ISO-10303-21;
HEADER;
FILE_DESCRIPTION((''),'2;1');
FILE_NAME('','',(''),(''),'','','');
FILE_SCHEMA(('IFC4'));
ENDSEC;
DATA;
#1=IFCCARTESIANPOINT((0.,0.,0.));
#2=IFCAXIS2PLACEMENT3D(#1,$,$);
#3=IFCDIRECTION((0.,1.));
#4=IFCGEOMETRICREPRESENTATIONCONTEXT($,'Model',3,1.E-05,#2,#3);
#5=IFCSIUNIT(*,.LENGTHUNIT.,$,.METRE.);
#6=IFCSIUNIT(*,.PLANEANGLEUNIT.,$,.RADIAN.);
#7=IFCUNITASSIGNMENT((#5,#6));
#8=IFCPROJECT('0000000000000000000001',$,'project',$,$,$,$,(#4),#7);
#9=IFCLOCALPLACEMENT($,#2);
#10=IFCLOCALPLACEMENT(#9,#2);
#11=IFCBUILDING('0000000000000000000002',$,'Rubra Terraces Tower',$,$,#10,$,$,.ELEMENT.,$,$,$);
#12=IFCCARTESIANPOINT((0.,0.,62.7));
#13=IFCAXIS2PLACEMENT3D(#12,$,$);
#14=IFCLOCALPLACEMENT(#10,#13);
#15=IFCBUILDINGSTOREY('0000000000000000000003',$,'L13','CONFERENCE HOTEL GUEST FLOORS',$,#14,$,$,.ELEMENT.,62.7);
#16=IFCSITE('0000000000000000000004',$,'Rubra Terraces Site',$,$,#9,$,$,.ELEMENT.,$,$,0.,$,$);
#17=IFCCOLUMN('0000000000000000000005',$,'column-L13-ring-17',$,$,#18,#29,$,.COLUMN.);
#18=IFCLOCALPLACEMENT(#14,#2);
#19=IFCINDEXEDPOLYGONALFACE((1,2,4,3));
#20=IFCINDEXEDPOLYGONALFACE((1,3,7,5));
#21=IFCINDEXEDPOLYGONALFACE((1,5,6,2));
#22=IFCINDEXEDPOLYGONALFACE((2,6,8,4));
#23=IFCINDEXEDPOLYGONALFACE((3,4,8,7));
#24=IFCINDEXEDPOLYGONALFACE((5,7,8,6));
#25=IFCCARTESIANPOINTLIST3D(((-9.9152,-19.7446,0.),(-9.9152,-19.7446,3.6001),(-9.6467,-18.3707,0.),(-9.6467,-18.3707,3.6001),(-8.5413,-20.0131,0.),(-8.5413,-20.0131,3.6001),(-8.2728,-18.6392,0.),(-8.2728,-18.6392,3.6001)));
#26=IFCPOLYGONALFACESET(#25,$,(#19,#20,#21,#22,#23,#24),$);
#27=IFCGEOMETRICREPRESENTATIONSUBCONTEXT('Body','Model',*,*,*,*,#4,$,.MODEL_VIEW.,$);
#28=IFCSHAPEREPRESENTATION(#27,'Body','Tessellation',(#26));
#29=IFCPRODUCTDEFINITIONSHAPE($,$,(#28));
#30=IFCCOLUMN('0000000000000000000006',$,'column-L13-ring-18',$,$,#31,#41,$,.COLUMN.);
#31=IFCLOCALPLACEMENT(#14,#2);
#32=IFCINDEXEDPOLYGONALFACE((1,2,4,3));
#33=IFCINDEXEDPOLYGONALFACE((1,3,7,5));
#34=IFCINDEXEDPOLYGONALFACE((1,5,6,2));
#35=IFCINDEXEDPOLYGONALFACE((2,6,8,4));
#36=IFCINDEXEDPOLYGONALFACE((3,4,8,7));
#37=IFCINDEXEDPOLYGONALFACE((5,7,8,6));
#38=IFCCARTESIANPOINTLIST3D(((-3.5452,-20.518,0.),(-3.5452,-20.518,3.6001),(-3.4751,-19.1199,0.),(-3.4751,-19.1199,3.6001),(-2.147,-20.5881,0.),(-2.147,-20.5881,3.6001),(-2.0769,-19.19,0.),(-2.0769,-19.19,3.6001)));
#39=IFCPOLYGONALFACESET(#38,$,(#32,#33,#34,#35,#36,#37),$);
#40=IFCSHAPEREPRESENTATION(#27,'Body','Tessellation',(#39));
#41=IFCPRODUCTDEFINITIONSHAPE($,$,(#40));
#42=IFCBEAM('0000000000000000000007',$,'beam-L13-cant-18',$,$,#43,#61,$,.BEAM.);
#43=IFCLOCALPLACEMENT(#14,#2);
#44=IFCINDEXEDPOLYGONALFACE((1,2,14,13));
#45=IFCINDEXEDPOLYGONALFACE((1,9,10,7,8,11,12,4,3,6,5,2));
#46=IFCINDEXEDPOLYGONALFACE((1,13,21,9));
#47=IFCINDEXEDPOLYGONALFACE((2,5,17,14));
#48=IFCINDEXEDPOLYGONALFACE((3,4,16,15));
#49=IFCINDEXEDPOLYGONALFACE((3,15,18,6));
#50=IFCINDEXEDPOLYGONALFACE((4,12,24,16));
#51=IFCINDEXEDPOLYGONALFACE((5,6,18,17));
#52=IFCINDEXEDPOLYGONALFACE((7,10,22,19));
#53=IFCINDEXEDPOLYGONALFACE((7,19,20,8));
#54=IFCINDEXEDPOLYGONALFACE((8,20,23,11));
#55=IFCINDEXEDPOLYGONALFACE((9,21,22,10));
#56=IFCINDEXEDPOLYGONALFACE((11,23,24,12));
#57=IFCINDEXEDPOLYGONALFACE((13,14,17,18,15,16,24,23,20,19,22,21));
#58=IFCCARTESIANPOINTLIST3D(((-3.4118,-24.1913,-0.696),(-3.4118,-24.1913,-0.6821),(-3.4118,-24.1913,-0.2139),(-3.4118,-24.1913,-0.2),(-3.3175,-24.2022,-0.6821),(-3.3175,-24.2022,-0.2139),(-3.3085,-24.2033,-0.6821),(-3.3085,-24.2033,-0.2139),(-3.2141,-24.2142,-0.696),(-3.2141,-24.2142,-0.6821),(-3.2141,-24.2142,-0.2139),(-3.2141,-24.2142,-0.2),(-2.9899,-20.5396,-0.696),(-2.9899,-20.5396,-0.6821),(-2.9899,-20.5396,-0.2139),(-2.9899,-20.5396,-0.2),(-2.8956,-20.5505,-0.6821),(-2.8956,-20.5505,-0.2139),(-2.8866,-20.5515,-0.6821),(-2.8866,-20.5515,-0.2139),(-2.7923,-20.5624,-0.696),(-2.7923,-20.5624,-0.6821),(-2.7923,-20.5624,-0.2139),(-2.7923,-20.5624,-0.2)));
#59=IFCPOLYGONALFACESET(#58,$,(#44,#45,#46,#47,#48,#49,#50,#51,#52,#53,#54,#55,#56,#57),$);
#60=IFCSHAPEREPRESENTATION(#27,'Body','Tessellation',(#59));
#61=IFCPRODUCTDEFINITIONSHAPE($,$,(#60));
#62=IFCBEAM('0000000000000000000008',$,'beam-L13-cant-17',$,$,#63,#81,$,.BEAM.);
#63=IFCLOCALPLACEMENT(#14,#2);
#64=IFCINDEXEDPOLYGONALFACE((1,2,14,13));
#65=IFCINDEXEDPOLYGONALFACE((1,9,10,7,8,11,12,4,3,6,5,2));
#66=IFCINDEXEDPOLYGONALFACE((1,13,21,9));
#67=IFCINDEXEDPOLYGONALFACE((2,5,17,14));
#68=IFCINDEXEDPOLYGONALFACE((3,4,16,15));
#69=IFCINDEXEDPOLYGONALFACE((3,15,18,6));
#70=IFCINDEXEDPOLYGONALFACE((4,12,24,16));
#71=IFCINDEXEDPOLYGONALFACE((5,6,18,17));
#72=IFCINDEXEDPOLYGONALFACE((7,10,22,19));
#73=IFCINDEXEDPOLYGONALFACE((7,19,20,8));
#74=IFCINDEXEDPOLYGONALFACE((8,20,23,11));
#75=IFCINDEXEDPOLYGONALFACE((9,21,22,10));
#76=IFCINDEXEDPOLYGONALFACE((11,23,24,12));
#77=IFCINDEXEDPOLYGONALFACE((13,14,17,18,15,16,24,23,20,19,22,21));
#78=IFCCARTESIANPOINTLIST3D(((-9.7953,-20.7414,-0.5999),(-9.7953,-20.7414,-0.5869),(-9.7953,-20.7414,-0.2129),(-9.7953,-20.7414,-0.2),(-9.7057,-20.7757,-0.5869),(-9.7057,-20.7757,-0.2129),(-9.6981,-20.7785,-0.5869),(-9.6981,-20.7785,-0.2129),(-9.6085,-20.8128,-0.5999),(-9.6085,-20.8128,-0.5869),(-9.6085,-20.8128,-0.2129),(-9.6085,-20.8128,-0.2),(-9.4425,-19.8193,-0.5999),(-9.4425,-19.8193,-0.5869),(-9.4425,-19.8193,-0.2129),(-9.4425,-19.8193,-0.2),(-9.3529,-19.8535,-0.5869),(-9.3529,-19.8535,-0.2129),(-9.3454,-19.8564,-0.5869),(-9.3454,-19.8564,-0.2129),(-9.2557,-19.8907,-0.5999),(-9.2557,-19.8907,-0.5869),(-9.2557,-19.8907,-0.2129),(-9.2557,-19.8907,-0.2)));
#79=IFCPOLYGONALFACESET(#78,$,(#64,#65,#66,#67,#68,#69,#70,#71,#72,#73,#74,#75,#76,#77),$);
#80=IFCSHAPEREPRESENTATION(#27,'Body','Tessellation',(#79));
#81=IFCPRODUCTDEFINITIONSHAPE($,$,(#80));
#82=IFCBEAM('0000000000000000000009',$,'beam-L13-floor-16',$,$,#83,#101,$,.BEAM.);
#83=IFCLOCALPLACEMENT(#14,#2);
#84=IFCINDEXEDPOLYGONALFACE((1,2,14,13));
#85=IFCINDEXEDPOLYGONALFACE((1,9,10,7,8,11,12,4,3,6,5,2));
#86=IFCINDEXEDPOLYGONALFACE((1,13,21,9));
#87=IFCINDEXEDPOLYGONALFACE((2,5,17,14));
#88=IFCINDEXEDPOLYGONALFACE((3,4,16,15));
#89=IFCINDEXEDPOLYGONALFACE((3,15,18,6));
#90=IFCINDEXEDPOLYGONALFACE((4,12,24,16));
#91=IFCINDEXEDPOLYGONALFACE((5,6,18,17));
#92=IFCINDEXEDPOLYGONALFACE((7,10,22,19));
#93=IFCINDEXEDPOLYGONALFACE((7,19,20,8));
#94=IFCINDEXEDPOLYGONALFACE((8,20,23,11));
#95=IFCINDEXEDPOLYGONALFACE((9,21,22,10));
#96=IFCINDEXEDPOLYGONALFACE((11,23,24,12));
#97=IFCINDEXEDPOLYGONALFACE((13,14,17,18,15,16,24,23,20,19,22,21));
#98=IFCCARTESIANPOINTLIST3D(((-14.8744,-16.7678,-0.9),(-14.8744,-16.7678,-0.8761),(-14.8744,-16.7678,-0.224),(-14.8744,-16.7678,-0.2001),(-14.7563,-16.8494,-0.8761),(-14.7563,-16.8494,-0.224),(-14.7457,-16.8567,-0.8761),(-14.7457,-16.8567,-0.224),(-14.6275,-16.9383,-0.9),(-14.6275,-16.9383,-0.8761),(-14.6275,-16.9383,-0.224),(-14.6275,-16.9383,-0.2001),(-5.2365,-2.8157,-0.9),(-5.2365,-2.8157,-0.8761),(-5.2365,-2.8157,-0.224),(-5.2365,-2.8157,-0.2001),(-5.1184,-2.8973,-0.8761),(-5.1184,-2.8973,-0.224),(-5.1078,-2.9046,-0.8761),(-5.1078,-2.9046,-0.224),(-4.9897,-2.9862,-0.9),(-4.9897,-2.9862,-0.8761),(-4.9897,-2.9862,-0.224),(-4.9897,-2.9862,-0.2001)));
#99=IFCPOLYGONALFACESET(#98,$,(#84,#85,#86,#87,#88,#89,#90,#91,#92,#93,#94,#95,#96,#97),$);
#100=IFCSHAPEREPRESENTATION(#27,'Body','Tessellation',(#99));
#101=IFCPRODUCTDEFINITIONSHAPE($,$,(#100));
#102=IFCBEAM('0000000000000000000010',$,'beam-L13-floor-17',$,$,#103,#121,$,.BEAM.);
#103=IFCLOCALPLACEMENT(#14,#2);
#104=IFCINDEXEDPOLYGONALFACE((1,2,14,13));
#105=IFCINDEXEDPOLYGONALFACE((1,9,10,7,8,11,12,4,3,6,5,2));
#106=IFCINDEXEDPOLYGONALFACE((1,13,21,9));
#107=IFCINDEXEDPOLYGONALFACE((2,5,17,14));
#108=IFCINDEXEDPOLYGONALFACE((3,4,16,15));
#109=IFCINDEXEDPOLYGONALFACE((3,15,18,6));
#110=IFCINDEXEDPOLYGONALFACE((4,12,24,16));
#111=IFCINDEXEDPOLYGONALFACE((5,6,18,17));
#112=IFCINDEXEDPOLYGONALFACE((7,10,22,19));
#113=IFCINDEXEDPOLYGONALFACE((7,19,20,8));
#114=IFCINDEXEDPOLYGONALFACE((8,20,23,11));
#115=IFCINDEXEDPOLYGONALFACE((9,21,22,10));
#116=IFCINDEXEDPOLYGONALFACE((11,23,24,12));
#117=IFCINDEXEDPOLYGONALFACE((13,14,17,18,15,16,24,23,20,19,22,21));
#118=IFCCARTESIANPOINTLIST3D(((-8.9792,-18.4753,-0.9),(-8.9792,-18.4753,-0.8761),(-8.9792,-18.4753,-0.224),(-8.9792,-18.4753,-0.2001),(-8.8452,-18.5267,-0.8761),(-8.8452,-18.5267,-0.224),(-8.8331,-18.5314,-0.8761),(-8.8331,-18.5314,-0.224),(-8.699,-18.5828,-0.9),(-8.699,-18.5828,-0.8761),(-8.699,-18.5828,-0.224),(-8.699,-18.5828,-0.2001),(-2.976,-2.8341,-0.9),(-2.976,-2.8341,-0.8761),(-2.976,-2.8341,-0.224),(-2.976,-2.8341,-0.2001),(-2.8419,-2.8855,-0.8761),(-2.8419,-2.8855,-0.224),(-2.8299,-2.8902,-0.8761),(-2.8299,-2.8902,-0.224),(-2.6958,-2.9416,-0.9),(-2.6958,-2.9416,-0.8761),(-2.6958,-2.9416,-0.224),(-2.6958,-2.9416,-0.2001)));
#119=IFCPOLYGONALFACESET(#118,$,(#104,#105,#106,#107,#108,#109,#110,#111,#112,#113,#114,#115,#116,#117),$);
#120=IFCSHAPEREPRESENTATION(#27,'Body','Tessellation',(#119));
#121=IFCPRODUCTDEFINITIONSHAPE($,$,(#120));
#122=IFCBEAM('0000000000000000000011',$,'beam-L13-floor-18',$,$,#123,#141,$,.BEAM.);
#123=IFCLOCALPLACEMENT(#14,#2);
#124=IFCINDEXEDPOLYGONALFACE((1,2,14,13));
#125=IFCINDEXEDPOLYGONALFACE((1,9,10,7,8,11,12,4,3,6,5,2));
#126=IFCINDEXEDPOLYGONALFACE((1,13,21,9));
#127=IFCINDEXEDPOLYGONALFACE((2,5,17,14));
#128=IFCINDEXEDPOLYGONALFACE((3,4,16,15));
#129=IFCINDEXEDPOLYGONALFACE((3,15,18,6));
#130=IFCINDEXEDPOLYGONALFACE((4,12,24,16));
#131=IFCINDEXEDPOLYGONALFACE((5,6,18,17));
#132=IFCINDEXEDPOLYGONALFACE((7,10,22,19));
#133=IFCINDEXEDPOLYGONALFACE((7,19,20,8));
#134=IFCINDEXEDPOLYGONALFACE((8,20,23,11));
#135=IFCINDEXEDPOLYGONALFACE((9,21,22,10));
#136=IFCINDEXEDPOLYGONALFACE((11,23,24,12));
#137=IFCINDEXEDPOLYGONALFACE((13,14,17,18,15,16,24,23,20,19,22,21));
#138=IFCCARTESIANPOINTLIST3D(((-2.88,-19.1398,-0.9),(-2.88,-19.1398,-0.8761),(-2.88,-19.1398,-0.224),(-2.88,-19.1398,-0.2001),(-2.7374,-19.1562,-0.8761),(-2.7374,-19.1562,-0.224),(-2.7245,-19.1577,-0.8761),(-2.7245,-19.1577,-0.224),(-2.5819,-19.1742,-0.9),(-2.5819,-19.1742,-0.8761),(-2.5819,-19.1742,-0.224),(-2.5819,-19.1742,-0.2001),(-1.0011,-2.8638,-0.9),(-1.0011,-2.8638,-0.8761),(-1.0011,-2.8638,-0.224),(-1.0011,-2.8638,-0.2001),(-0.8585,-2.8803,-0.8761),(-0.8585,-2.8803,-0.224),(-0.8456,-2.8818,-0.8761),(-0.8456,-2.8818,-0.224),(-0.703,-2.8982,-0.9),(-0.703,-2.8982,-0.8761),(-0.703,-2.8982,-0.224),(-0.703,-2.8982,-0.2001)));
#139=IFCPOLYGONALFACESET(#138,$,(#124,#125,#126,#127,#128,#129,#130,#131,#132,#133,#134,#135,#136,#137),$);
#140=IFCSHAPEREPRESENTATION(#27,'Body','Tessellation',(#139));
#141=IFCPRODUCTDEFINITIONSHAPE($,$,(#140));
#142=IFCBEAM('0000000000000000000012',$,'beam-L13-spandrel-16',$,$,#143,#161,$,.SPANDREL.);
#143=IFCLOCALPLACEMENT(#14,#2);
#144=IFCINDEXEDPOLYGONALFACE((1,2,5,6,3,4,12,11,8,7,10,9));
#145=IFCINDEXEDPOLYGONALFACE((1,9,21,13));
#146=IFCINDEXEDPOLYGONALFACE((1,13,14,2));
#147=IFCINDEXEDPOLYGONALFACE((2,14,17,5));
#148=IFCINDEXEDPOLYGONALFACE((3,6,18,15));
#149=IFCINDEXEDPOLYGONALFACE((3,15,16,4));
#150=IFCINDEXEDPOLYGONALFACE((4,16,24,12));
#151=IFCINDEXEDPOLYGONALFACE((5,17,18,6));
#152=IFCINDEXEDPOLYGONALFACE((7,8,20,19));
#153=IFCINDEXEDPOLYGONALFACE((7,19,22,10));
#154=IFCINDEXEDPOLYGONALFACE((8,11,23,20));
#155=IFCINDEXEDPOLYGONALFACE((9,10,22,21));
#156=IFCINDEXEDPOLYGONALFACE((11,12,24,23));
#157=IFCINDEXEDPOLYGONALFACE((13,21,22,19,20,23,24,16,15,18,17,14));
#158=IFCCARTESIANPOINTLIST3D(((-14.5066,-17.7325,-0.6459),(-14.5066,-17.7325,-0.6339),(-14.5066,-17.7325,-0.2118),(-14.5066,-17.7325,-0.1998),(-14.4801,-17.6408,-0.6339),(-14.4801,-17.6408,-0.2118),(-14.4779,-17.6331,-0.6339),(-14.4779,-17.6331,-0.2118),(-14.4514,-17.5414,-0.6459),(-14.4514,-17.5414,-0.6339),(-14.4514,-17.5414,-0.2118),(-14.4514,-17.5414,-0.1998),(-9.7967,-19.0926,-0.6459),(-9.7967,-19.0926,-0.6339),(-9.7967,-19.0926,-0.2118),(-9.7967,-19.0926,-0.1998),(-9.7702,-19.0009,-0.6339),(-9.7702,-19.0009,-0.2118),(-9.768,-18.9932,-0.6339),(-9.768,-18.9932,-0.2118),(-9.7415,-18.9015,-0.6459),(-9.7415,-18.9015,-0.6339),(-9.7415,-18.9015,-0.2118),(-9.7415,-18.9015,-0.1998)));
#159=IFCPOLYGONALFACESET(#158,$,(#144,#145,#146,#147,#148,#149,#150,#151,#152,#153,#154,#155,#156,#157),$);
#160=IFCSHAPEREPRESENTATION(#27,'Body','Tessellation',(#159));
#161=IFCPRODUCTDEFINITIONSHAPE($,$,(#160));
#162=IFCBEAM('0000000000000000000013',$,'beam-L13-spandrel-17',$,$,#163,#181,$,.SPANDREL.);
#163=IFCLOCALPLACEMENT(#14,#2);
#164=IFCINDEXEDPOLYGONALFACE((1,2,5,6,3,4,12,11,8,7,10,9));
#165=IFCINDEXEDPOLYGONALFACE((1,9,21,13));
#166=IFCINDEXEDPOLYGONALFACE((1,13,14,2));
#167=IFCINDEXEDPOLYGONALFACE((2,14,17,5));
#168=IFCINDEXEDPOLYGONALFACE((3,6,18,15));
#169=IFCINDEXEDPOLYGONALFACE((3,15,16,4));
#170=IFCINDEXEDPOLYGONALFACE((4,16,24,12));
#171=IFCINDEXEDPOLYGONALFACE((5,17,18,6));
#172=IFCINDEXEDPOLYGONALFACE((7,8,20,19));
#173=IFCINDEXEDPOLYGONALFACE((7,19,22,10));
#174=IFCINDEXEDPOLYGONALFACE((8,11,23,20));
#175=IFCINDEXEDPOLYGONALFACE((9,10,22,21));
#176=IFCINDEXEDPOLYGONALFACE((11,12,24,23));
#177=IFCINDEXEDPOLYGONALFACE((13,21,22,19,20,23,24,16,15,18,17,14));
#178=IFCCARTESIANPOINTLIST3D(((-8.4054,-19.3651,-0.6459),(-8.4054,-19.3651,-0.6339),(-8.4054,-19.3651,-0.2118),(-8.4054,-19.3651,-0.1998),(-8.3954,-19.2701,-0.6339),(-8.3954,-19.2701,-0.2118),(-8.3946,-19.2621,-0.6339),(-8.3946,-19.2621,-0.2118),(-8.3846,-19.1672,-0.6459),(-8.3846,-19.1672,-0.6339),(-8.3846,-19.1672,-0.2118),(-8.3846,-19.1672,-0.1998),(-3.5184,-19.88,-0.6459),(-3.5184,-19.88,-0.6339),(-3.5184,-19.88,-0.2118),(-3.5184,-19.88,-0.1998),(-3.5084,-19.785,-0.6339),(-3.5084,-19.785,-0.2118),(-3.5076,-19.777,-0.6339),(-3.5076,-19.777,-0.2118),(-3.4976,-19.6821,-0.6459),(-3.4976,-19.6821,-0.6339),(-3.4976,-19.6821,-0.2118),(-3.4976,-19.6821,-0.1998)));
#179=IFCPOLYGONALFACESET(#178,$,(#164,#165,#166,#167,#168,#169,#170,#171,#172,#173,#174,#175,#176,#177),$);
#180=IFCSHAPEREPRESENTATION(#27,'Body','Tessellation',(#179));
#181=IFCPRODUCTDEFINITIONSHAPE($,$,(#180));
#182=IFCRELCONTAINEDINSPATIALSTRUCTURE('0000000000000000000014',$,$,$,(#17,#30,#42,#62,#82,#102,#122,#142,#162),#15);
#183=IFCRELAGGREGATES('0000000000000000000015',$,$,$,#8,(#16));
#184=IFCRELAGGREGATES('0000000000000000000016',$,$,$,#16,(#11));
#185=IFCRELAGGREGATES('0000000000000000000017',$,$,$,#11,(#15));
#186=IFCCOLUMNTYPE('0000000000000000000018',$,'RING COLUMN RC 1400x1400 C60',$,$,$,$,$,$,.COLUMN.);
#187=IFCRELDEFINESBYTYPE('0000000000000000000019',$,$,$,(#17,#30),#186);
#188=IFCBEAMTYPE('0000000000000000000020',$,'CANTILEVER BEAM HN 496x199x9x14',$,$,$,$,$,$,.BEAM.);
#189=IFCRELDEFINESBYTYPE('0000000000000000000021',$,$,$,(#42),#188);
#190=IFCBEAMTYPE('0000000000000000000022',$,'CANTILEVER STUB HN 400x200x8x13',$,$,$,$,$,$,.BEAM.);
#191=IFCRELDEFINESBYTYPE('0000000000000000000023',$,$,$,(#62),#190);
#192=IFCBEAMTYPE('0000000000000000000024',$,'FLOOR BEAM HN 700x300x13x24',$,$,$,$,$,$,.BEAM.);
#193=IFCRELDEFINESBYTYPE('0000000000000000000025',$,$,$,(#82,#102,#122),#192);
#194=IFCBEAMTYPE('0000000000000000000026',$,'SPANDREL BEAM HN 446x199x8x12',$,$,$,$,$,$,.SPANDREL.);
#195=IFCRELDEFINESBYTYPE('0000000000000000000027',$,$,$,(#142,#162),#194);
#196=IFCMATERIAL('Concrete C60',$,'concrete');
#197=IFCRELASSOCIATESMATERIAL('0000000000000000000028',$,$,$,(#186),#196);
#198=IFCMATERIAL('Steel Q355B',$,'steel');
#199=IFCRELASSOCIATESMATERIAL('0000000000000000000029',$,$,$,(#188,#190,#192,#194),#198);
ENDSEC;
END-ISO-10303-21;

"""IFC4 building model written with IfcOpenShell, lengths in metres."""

from ifc_helpers import new_model, si_unit, direction, frame, origin, origin_2d, place, context, subcontext, project, spatial, rectangle, i_section, extrude, material, material_profile, profile_set, type_object, element, save


model = new_model("IFC4")

# Units and contexts
model_context = context("Model", 3, precision=1e-05, world=origin(), true_north=direction((0.0, 1.0)))
body_context = subcontext(model_context, "Body", "Model", "MODEL_VIEW")
ifc_project = project(units=[si_unit("LENGTHUNIT", "METRE"), si_unit("PLANEANGLEUNIT", "RADIAN")], contexts=[model_context])

# Site, building, storey
site_placement = place(None, origin())
site = spatial("IfcSite", under=ifc_project, at=site_placement, Name="Rubra Terraces Site", CompositionType="ELEMENT", RefElevation=0.0)
building_placement = place(site_placement, origin())
building = spatial("IfcBuilding", under=site, at=building_placement, Name="Rubra Terraces Tower", CompositionType="ELEMENT")
storey_placement = place(building_placement, frame((0.0, 0.0, 62.7)))
storey = spatial("IfcBuildingStorey", under=building, at=storey_placement, Name="L13", Description="CONFERENCE HOTEL GUEST FLOORS", CompositionType="ELEMENT", Elevation=62.7)

# Columns
ifc_material_1 = material(Name="Concrete C60", Category="concrete")
ifc_material_profile_1 = material_profile(ifc_material_1, rectangle(XDim=1.3999, YDim=1.3999, at=origin_2d()), Name="RC 1400x1400")
ifc_profile_set_1 = profile_set([ifc_material_profile_1], Name="Concrete C60")
column_type = type_object("IfcColumnType", Name="RING COLUMN RC 1400x1400 C60", PredefinedType="COLUMN", material=ifc_profile_set_1)
for number, where, z_axis, x_axis, name in (
    (1, (-9.094, -19.1919, 0.0), (0.0, 0.0, 1.0), (0.98143, -0.191819, 0.0), "column-L13-ring-17"),
    (2, (-2.811, -19.854, 0.0), (0.0, 0.0, 1.0), (0.998745, -0.050084, 0.0), "column-L13-ring-18"),
):
    element("IfcColumn", number, at=place(storey_placement, frame(where, z_axis=z_axis, x_axis=x_axis)), inside=storey, type_object=column_type, Name=name, PredefinedType="COLUMN", context=body_context, shape_type="SweptSolid", body=[
        extrude(rectangle(XDim=1.3999, YDim=1.3999, at=origin_2d()), origin(), (0.0, 0.0, 1.0), 3.6001),
    ])

# Beams
ifc_material_2 = material(Name="Steel Q355B", Category="steel")
ifc_material_profile_2 = material_profile(ifc_material_2, i_section(OverallWidth=0.199, OverallDepth=0.4961, WebThickness=0.009, FlangeThickness=0.0139, at=origin_2d()), Name="HN 496x199x9x14")
ifc_profile_set_2 = profile_set([ifc_material_profile_2], Name="Steel Q355B")
beam_type_1 = type_object("IfcBeamType", Name="CANTILEVER BEAM HN 496x199x9x14", PredefinedType="BEAM", material=ifc_profile_set_2)
beam_1_placement = place(storey_placement, frame((-2.8911, -20.551, -0.448), z_axis=(-0.11476, -0.993393, 0.0), x_axis=(0.993393, -0.11476, 0.0)))
element("IfcBeam", 3, at=beam_1_placement, inside=storey, type_object=beam_type_1, Name="beam-L13-cant-18", PredefinedType="BEAM", context=body_context, shape_type="SweptSolid", body=[
    extrude(i_section(OverallWidth=0.199, OverallDepth=0.4961, WebThickness=0.009, FlangeThickness=0.0139, at=origin_2d()), origin(), (0.0, 0.0, 1.0), 3.676),
])
ifc_material_profile_3 = material_profile(ifc_material_2, i_section(OverallWidth=0.2, OverallDepth=0.3999, WebThickness=0.0081, FlangeThickness=0.0129, at=origin_2d()), Name="HN 400x200x8x13")
ifc_profile_set_3 = profile_set([ifc_material_profile_3], Name="Steel Q355B")
beam_type_2 = type_object("IfcBeamType", Name="CANTILEVER STUB HN 400x200x8x13", PredefinedType="BEAM", material=ifc_profile_set_3)
beam_2_placement = place(storey_placement, frame((-9.3491, -19.855, -0.3999), z_axis=(-0.357321, -0.933981, 0.0), x_axis=(0.933981, -0.357321, 0.0)))
element("IfcBeam", 4, at=beam_2_placement, inside=storey, type_object=beam_type_2, Name="beam-L13-cant-17", PredefinedType="BEAM", context=body_context, shape_type="SweptSolid", body=[
    extrude(i_section(OverallWidth=0.2, OverallDepth=0.3999, WebThickness=0.0081, FlangeThickness=0.0129, at=origin_2d()), origin(), (0.0, 0.0, 1.0), 0.9873),
])
ifc_material_profile_4 = material_profile(ifc_material_2, i_section(OverallWidth=0.3, OverallDepth=0.7, WebThickness=0.0129, FlangeThickness=0.0239, at=origin_2d()), Name="HN 700x300x13x24")
ifc_profile_set_4 = profile_set([ifc_material_profile_4], Name="Steel Q355B")
beam_type_3 = type_object("IfcBeamType", Name="FLOOR BEAM HN 700x300x13x24", PredefinedType="BEAM", material=ifc_profile_set_4)
beam_3_placement = place(storey_placement, frame((-14.751, -16.853, -0.55), z_axis=(0.568363, 0.822778, 0.0), x_axis=(-0.822778, 0.568363, 0.0)))
element("IfcBeam", 5, at=beam_3_placement, inside=storey, type_object=beam_type_3, Name="beam-L13-floor-16", PredefinedType="BEAM", context=body_context, shape_type="SweptSolid", body=[
    extrude(i_section(OverallWidth=0.3, OverallDepth=0.7, WebThickness=0.0129, FlangeThickness=0.0239, at=origin_2d()), origin(), (0.0, 0.0, 1.0), 16.9573),
])
beam_4_placement = place(storey_placement, frame((-8.8391, -18.5291, -0.55), z_axis=(0.358322, 0.933598, 0.0), x_axis=(-0.933598, 0.358322, 0.0)))
element("IfcBeam", 6, at=beam_4_placement, inside=storey, type_object=beam_type_3, Name="beam-L13-floor-17", PredefinedType="BEAM", context=body_context, shape_type="SweptSolid", body=[
    extrude(i_section(OverallWidth=0.3, OverallDepth=0.7, WebThickness=0.0129, FlangeThickness=0.0239, at=origin_2d()), origin(), (0.0, 0.0, 1.0), 16.7537),
])
beam_5_placement = place(storey_placement, frame((-2.731, -19.157, -0.55), z_axis=(0.11468, 0.993403, 0.0), x_axis=(-0.993403, 0.11468, 0.0)))
element("IfcBeam", 7, at=beam_5_placement, inside=storey, type_object=beam_type_3, Name="beam-L13-floor-18", PredefinedType="BEAM", context=body_context, shape_type="SweptSolid", body=[
    extrude(i_section(OverallWidth=0.3, OverallDepth=0.7, WebThickness=0.0129, FlangeThickness=0.0239, at=origin_2d()), origin(), (0.0, 0.0, 1.0), 16.384),
])
ifc_material_profile_5 = material_profile(ifc_material_2, i_section(OverallWidth=0.199, OverallDepth=0.446, WebThickness=0.0081, FlangeThickness=0.012, at=origin_2d()), Name="HN 446x199x8x12")
ifc_profile_set_5 = profile_set([ifc_material_profile_5], Name="Steel Q355B")
beam_type_4 = type_object("IfcBeamType", Name="SPANDREL BEAM HN 446x199x8x12", PredefinedType="SPANDREL", material=ifc_profile_set_5)
beam_6_placement = place(storey_placement, frame((-14.479, -17.637, -0.4229), z_axis=(0.960744, -0.277436, 0.0), x_axis=(0.277436, 0.960744, 0.0)))
element("IfcBeam", 8, at=beam_6_placement, inside=storey, type_object=beam_type_4, Name="beam-L13-spandrel-16", PredefinedType="SPANDREL", context=body_context, shape_type="SweptSolid", body=[
    extrude(i_section(OverallWidth=0.199, OverallDepth=0.446, WebThickness=0.0081, FlangeThickness=0.012, at=origin_2d()), origin(), (0.0, 0.0, 1.0), 4.9023),
])
beam_7_placement = place(storey_placement, frame((-8.395, -19.2661, -0.4229), z_axis=(0.994495, -0.10478, 0.0), x_axis=(0.10478, 0.994495, 0.0)))
element("IfcBeam", 9, at=beam_7_placement, inside=storey, type_object=beam_type_4, Name="beam-L13-spandrel-17", PredefinedType="SPANDREL", context=body_context, shape_type="SweptSolid", body=[
    extrude(i_section(OverallWidth=0.199, OverallDepth=0.446, WebThickness=0.0081, FlangeThickness=0.012, at=origin_2d()), origin(), (0.0, 0.0, 1.0), 4.9141),
])

save(model, "model.ifc")
